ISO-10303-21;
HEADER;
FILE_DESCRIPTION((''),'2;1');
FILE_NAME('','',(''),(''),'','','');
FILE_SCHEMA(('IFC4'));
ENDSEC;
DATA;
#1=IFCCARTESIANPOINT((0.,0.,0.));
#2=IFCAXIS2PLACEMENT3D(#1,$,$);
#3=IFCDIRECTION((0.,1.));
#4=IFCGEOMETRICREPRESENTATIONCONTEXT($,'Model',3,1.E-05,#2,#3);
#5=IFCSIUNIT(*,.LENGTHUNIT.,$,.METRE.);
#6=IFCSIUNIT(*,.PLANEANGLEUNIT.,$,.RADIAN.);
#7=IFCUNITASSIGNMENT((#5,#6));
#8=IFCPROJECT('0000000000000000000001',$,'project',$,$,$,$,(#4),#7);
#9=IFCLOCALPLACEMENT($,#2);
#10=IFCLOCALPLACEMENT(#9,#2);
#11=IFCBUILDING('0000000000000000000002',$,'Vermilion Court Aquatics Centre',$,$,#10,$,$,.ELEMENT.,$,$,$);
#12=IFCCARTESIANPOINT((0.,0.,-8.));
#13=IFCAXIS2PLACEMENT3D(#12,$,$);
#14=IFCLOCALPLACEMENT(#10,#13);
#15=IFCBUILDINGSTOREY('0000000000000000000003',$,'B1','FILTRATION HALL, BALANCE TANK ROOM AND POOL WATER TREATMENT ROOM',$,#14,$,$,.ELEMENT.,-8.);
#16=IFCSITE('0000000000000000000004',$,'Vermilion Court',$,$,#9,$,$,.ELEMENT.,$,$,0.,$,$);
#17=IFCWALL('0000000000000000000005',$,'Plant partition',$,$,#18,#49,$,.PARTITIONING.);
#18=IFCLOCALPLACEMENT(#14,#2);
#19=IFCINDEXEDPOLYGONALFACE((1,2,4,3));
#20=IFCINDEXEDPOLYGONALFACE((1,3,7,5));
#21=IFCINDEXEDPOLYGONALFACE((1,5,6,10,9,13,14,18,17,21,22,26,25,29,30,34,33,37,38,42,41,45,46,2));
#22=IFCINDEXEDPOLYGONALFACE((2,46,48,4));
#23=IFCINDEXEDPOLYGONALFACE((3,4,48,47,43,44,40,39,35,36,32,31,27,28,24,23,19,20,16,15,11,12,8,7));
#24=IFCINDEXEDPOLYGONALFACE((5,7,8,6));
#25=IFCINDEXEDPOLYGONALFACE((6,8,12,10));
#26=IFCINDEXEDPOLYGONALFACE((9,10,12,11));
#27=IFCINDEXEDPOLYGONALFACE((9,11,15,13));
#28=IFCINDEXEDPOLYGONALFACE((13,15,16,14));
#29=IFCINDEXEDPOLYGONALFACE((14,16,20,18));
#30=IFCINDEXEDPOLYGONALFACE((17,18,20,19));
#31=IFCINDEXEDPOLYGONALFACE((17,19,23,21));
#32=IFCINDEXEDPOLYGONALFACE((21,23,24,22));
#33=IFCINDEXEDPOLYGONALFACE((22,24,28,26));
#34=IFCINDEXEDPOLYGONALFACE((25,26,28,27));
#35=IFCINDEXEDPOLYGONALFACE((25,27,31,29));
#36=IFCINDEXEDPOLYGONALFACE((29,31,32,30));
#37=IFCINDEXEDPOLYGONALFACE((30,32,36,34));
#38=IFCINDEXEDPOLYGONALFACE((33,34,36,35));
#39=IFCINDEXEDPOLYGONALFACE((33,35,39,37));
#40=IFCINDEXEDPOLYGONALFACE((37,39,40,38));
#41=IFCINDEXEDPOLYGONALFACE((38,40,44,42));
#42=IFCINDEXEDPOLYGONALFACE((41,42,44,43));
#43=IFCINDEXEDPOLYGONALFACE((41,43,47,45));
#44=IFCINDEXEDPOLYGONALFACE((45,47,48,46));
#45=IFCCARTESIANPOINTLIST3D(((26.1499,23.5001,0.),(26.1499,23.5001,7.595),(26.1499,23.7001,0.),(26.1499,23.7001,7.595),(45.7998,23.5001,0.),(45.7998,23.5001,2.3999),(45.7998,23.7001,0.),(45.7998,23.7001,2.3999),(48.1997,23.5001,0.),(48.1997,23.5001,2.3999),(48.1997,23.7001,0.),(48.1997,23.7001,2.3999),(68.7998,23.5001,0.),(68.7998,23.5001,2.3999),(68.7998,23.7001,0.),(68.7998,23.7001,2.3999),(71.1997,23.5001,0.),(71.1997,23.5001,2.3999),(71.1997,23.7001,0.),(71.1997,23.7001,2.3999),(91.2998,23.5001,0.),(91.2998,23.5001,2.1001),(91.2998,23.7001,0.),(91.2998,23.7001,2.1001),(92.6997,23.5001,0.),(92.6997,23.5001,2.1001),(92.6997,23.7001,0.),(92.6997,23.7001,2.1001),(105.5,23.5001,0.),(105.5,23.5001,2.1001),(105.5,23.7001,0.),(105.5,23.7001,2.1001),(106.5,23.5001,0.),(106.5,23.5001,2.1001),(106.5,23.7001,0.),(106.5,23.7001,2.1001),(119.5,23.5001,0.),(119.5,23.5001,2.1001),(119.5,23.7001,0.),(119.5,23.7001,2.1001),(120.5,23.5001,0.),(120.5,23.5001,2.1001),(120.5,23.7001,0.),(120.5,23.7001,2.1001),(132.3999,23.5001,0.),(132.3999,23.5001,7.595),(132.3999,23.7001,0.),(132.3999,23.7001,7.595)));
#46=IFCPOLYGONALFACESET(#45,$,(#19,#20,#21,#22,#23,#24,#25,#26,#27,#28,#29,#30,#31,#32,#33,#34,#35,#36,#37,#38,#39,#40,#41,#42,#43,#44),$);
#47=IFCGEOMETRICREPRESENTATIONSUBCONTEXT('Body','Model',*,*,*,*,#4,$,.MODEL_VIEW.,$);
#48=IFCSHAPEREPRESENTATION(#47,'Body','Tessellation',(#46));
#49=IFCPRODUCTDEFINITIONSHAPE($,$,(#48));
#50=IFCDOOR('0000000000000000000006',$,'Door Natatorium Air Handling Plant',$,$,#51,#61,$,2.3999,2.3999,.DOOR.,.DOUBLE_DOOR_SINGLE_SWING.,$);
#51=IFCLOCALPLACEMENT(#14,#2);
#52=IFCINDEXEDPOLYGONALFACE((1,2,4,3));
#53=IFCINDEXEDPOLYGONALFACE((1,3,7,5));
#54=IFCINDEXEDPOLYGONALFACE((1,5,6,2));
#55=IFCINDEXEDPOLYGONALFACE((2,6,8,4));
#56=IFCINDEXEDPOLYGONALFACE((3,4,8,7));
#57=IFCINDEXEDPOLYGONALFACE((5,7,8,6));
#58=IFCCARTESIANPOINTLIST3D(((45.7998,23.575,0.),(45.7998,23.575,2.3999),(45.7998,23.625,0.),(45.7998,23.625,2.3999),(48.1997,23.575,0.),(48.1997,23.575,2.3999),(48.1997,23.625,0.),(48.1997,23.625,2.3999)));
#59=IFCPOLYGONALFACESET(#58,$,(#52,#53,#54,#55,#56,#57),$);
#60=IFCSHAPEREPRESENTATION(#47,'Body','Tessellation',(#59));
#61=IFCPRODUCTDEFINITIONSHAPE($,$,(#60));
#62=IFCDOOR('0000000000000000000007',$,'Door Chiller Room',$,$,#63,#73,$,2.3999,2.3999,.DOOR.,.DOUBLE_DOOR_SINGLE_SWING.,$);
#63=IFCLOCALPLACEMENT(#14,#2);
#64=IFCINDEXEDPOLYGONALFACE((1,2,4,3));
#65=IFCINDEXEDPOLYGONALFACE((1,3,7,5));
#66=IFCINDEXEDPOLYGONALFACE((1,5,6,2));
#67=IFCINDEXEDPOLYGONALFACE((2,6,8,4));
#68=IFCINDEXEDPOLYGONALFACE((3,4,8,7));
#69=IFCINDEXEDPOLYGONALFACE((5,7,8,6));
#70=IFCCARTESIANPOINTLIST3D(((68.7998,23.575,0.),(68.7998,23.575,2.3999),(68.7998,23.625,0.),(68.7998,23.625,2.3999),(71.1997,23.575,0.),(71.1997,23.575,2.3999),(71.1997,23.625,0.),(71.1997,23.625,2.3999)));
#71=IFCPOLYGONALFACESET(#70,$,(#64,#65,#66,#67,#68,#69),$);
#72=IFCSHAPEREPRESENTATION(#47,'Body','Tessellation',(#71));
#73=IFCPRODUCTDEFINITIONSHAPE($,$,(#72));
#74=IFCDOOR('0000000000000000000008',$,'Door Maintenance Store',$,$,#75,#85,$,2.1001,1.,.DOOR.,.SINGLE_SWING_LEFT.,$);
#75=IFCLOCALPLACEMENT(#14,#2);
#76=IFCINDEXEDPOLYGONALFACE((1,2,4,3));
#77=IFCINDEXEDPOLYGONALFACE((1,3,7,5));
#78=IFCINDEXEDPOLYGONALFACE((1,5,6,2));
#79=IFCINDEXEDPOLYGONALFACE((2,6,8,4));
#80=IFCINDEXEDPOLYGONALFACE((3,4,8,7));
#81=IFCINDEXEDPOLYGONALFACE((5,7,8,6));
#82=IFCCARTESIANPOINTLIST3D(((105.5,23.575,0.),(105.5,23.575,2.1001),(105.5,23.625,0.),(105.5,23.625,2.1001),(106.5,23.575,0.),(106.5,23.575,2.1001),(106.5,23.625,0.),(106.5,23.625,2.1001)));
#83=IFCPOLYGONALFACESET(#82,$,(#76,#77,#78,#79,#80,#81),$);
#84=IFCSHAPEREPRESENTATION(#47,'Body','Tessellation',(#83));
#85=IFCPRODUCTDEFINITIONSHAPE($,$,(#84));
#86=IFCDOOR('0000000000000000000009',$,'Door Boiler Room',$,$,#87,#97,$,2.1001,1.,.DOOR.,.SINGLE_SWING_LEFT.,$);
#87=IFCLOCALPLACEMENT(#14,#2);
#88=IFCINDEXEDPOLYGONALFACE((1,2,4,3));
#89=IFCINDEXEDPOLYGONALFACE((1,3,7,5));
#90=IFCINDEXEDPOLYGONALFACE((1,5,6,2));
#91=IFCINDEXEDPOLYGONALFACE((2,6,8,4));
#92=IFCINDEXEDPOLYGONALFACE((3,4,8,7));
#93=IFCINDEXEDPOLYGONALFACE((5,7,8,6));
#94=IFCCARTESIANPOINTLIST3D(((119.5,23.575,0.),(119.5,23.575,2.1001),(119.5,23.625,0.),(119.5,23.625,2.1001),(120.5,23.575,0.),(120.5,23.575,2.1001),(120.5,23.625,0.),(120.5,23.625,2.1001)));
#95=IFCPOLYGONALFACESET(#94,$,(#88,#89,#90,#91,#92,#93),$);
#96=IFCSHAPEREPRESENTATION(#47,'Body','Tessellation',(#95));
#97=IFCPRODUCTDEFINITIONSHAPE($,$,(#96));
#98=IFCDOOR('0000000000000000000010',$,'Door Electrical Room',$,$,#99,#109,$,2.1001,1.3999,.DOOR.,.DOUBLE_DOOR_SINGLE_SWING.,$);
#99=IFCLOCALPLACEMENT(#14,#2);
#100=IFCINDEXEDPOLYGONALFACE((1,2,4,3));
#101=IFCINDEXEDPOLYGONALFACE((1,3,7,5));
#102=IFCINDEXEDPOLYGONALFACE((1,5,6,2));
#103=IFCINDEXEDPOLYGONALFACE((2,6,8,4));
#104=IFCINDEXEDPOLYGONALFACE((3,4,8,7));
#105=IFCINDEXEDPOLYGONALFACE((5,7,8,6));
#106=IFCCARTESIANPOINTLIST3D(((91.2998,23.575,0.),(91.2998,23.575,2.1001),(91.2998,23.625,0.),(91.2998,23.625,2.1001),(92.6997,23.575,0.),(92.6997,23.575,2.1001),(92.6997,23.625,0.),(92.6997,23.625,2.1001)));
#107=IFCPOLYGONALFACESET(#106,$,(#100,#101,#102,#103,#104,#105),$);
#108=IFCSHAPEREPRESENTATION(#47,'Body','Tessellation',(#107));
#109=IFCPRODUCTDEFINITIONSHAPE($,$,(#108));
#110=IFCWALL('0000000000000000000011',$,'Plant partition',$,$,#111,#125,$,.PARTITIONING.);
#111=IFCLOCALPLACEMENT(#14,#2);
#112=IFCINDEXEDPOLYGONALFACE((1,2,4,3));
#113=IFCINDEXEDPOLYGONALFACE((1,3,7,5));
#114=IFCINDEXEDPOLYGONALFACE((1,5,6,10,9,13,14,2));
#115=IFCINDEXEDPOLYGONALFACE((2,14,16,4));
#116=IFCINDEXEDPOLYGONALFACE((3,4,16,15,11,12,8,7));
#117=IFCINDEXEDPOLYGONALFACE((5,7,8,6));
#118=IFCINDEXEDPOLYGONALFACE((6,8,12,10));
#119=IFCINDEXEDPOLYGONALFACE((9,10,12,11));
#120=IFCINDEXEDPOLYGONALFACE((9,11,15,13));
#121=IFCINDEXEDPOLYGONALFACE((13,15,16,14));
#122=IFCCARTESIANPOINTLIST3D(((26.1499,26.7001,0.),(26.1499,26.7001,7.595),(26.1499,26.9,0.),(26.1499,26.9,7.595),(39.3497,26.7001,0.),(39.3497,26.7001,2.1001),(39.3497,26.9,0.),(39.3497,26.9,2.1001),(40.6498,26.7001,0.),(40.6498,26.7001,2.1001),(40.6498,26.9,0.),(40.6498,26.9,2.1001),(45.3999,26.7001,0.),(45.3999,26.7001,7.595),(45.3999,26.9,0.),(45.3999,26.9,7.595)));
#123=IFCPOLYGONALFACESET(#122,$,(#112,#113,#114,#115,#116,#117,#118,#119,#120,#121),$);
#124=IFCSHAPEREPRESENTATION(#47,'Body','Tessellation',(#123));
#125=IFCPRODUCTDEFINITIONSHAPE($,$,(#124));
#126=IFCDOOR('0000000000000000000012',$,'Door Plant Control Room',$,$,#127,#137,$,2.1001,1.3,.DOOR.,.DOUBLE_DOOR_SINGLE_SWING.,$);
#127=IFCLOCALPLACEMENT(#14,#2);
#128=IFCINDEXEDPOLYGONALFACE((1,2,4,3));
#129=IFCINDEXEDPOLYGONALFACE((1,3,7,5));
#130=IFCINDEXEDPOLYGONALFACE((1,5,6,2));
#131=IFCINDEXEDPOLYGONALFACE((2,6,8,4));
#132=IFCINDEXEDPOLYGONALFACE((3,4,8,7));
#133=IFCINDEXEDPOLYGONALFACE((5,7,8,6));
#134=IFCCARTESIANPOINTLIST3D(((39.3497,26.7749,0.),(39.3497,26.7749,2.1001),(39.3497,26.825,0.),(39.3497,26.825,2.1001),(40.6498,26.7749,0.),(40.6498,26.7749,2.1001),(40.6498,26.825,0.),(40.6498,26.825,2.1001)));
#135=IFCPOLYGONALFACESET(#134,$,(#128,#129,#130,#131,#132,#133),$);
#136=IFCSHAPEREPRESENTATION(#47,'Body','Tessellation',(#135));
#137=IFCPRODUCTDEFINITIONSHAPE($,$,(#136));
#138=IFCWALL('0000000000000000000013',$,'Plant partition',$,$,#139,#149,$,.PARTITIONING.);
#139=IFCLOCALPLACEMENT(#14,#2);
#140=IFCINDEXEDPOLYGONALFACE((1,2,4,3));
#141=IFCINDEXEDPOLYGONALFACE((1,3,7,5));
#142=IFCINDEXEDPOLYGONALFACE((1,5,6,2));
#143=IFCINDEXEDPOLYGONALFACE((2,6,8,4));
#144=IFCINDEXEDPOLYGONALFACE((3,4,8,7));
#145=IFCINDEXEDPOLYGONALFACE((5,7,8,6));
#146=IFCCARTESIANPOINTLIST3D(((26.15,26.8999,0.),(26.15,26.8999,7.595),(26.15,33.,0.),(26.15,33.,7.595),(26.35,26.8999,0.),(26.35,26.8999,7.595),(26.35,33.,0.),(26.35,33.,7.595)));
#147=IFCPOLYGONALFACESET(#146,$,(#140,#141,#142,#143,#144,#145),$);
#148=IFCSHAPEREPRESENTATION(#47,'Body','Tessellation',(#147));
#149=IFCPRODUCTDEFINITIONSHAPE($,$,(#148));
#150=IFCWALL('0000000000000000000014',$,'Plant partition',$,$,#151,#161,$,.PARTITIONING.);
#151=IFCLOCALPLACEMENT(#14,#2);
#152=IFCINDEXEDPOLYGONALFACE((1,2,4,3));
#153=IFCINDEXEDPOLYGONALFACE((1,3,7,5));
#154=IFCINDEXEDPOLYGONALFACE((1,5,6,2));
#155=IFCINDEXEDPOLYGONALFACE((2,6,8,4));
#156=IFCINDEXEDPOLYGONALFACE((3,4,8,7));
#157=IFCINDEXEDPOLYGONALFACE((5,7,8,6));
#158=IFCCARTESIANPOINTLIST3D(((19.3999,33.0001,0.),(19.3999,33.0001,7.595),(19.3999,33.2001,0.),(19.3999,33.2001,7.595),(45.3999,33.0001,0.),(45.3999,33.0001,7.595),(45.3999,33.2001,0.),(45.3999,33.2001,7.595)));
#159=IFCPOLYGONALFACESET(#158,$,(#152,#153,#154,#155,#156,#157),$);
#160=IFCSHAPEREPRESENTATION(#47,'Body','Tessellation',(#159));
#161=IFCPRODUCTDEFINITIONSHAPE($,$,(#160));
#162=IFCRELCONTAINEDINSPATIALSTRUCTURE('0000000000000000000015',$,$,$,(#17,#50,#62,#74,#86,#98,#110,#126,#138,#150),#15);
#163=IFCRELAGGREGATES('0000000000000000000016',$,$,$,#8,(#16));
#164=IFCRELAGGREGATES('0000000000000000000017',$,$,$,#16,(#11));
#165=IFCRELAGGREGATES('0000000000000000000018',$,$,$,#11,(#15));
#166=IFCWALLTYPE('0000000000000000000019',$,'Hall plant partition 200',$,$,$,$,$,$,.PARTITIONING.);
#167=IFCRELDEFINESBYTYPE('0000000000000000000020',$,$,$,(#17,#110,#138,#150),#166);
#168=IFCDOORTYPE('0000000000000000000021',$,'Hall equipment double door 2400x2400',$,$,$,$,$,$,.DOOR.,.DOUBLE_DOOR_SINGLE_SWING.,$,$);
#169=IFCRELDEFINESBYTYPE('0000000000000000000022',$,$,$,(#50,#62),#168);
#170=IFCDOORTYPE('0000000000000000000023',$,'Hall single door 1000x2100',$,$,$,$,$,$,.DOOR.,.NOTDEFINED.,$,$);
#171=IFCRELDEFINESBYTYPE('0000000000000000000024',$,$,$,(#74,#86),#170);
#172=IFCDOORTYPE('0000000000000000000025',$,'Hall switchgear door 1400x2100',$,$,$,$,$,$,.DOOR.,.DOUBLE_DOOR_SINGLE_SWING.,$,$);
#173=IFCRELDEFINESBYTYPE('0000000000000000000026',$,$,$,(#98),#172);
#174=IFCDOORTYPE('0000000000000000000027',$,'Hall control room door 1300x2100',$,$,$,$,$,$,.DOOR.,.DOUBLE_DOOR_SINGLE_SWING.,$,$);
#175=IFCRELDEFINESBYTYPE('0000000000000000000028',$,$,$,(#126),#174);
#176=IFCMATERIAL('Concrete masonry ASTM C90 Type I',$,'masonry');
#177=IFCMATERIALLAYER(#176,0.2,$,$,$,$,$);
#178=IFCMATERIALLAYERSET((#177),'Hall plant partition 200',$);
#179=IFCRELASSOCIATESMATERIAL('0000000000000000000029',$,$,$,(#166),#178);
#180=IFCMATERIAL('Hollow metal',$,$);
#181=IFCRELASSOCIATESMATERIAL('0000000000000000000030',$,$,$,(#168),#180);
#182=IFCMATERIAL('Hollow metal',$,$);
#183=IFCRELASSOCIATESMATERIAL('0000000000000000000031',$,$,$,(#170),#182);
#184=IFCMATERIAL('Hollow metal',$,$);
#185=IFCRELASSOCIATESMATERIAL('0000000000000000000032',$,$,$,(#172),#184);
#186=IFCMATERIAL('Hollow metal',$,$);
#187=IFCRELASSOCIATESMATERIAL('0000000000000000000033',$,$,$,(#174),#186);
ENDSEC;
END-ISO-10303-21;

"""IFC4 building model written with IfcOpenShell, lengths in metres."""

from ifc_helpers import new_model, si_unit, direction, frame, frame_2d, origin, place, context, subcontext, project, spatial, rectangle, extrude, material, layer, layer_set, type_object, element, fill, save


model = new_model("IFC4")

# Units and contexts
model_context = context("Model", 3, precision=1e-05, world=origin(), true_north=direction((0.0, 1.0)))
body_context = subcontext(model_context, "Body", "Model", "MODEL_VIEW")
ifc_project = project(units=[si_unit("LENGTHUNIT", "METRE"), si_unit("PLANEANGLEUNIT", "RADIAN")], contexts=[model_context])

# Site, building, storey
site_placement = place(None, origin())
site = spatial("IfcSite", under=ifc_project, at=site_placement, Name="Vermilion Court", CompositionType="ELEMENT", RefElevation=0.0)
building_placement = place(site_placement, origin())
building = spatial("IfcBuilding", under=site, at=building_placement, Name="Vermilion Court Aquatics Centre", CompositionType="ELEMENT")
storey_placement = place(building_placement, frame((0.0, 0.0, -8.0)))
storey = spatial("IfcBuildingStorey", under=building, at=storey_placement, Name="B1", Description="FILTRATION HALL, BALANCE TANK ROOM AND POOL WATER TREATMENT ROOM", CompositionType="ELEMENT", Elevation=-8.0)

# Wall, openings, doors
ifc_material_1 = material(Name="Concrete masonry ASTM C90 Type I", Category="masonry")
ifc_layer_1 = layer(ifc_material_1, 0.2)
ifc_layer_set_1 = layer_set([ifc_layer_1], Name="Hall plant partition 200")
wall_type_1 = type_object("IfcWallType", Name="Hall plant partition 200", PredefinedType="PARTITIONING", material=ifc_layer_set_1)
wall_1_placement = place(storey_placement, frame((26.1499, 23.6001, 0.0), z_axis=(0.0, 0.0, 1.0), x_axis=(1.0, 0.0, 0.0)))
wall_1 = element("IfcWall", 1, at=wall_1_placement, inside=storey, type_object=wall_type_1, Name="Plant partition", PredefinedType="PARTITIONING", context=body_context, shape_type="SweptSolid", body=[
    extrude(rectangle(XDim=106.25, YDim=0.2, at=frame_2d((53.125, 0.0))), origin(), (0.0, 0.0, 1.0), 7.595),
])
opening_1_placement = place(wall_1_placement, frame((19.6499, 0.0, 0.0)))
opening_1 = element("IfcOpeningElement", 2, at=opening_1_placement, cuts=wall_1, PredefinedType="OPENING", context=body_context, shape_type="SweptSolid", body=[
    extrude(rectangle(XDim=2.3999, YDim=2.3999, at=frame_2d((1.2, 1.2))), frame((0.0, 0.1099, 0.0), z_axis=(0.0, -1.0, 0.0), x_axis=(1.0, 0.0, 0.0)), (0.0, 0.0, 1.0), 0.22),
])
opening_2_placement = place(wall_1_placement, frame((42.6499, 0.0, 0.0)))
opening_2 = element("IfcOpeningElement", 3, at=opening_2_placement, cuts=wall_1, PredefinedType="OPENING", context=body_context, shape_type="SweptSolid", body=[
    extrude(rectangle(XDim=2.3999, YDim=2.3999, at=frame_2d((1.2, 1.2))), frame((0.0, 0.1099, 0.0), z_axis=(0.0, -1.0, 0.0), x_axis=(1.0, 0.0, 0.0)), (0.0, 0.0, 1.0), 0.22),
])
opening_3_placement = place(wall_1_placement, frame((65.1499, 0.0, 0.0)))
opening_3 = element("IfcOpeningElement", 4, at=opening_3_placement, cuts=wall_1, PredefinedType="OPENING", context=body_context, shape_type="SweptSolid", body=[
    extrude(rectangle(XDim=1.3999, YDim=2.1001, at=frame_2d((0.7, 1.05))), frame((0.0, 0.1099, 0.0), z_axis=(0.0, -1.0, 0.0), x_axis=(1.0, 0.0, 0.0)), (0.0, 0.0, 1.0), 0.22),
])
opening_4_placement = place(wall_1_placement, frame((79.3501, 0.0, 0.0)))
opening_4 = element("IfcOpeningElement", 5, at=opening_4_placement, cuts=wall_1, PredefinedType="OPENING", context=body_context, shape_type="SweptSolid", body=[
    extrude(rectangle(XDim=1.0, YDim=2.1001, at=frame_2d((0.5, 1.05))), frame((0.0, 0.1099, 0.0), z_axis=(0.0, -1.0, 0.0), x_axis=(1.0, 0.0, 0.0)), (0.0, 0.0, 1.0), 0.22),
])
opening_5_placement = place(wall_1_placement, frame((93.3501, 0.0, 0.0)))
opening_5 = element("IfcOpeningElement", 6, at=opening_5_placement, cuts=wall_1, PredefinedType="OPENING", context=body_context, shape_type="SweptSolid", body=[
    extrude(rectangle(XDim=1.0, YDim=2.1001, at=frame_2d((0.5, 1.05))), frame((0.0, 0.1099, 0.0), z_axis=(0.0, -1.0, 0.0), x_axis=(1.0, 0.0, 0.0)), (0.0, 0.0, 1.0), 0.22),
])
ifc_material_2 = material(Name="Hollow metal")
door_type_1 = type_object("IfcDoorType", Name="Hall equipment double door 2400x2400", OperationType="DOUBLE_DOOR_SINGLE_SWING", PredefinedType="DOOR", material=ifc_material_2)
door_1_placement = place(opening_1_placement, frame((2.3999, 0.0, 0.0), z_axis=(0.0, 0.0, 1.0), x_axis=(-1.0, 0.0, 0.0)))
door_1 = element("IfcDoor", 7, at=door_1_placement, inside=storey, type_object=door_type_1, Name="Door Natatorium Air Handling Plant", OperationType="DOUBLE_DOOR_SINGLE_SWING", OverallHeight=2.3999, OverallWidth=2.3999, PredefinedType="DOOR", context=body_context, shape_type="SweptSolid", body=[
    extrude(rectangle(XDim=2.3999, YDim=2.3999, at=frame_2d((1.2, 1.2))), frame((0.0, 0.0251, 0.0), z_axis=(0.0, -1.0, 0.0), x_axis=(1.0, 0.0, 0.0)), (0.0, 0.0, 1.0), 0.05),
])
fill(opening_1, door_1)
door_2_placement = place(opening_2_placement, frame((2.3999, 0.0, 0.0), z_axis=(0.0, 0.0, 1.0), x_axis=(-1.0, 0.0, 0.0)))
door_2 = element("IfcDoor", 8, at=door_2_placement, inside=storey, type_object=door_type_1, Name="Door Chiller Room", OperationType="DOUBLE_DOOR_SINGLE_SWING", OverallHeight=2.3999, OverallWidth=2.3999, PredefinedType="DOOR", context=body_context, shape_type="SweptSolid", body=[
    extrude(rectangle(XDim=2.3999, YDim=2.3999, at=frame_2d((1.2, 1.2))), frame((0.0, 0.0251, 0.0), z_axis=(0.0, -1.0, 0.0), x_axis=(1.0, 0.0, 0.0)), (0.0, 0.0, 1.0), 0.05),
])
fill(opening_2, door_2)
ifc_material_3 = material(Name="Hollow metal")
door_type_2 = type_object("IfcDoorType", Name="Hall single door 1000x2100", OperationType="NOTDEFINED", PredefinedType="DOOR", material=ifc_material_3)
door_3_placement = place(opening_4_placement, frame((1.0, 0.0, 0.0), z_axis=(0.0, 0.0, 1.0), x_axis=(-1.0, 0.0, 0.0)))
door_3 = element("IfcDoor", 9, at=door_3_placement, inside=storey, type_object=door_type_2, Name="Door Maintenance Store", OperationType="SINGLE_SWING_LEFT", OverallHeight=2.1001, OverallWidth=1.0, PredefinedType="DOOR", context=body_context, shape_type="SweptSolid", body=[
    extrude(rectangle(XDim=1.0, YDim=2.1001, at=frame_2d((0.5, 1.05))), frame((0.0, 0.0251, 0.0), z_axis=(0.0, -1.0, 0.0), x_axis=(1.0, 0.0, 0.0)), (0.0, 0.0, 1.0), 0.05),
])
fill(opening_4, door_3)
door_4_placement = place(opening_5_placement, frame((1.0, 0.0, 0.0), z_axis=(0.0, 0.0, 1.0), x_axis=(-1.0, 0.0, 0.0)))
door_4 = element("IfcDoor", 10, at=door_4_placement, inside=storey, type_object=door_type_2, Name="Door Boiler Room", OperationType="SINGLE_SWING_LEFT", OverallHeight=2.1001, OverallWidth=1.0, PredefinedType="DOOR", context=body_context, shape_type="SweptSolid", body=[
    extrude(rectangle(XDim=1.0, YDim=2.1001, at=frame_2d((0.5, 1.05))), frame((0.0, 0.0251, 0.0), z_axis=(0.0, -1.0, 0.0), x_axis=(1.0, 0.0, 0.0)), (0.0, 0.0, 1.0), 0.05),
])
fill(opening_5, door_4)
ifc_material_4 = material(Name="Hollow metal")
door_type_3 = type_object("IfcDoorType", Name="Hall switchgear door 1400x2100", OperationType="DOUBLE_DOOR_SINGLE_SWING", PredefinedType="DOOR", material=ifc_material_4)
door_5_placement = place(opening_3_placement, frame((1.3999, 0.0, 0.0), z_axis=(0.0, 0.0, 1.0), x_axis=(-1.0, 0.0, 0.0)))
door_5 = element("IfcDoor", 11, at=door_5_placement, inside=storey, type_object=door_type_3, Name="Door Electrical Room", OperationType="DOUBLE_DOOR_SINGLE_SWING", OverallHeight=2.1001, OverallWidth=1.3999, PredefinedType="DOOR", context=body_context, shape_type="SweptSolid", body=[
    extrude(rectangle(XDim=1.3999, YDim=2.1001, at=frame_2d((0.7, 1.05))), frame((0.0, 0.0251, 0.0), z_axis=(0.0, -1.0, 0.0), x_axis=(1.0, 0.0, 0.0)), (0.0, 0.0, 1.0), 0.05),
])
fill(opening_3, door_5)

# Wall, opening, door
wall_2_placement = place(storey_placement, frame((26.1499, 26.8, 0.0), z_axis=(0.0, 0.0, 1.0), x_axis=(1.0, 0.0, 0.0)))
wall_2 = element("IfcWall", 12, at=wall_2_placement, inside=storey, type_object=wall_type_1, Name="Plant partition", PredefinedType="PARTITIONING", context=body_context, shape_type="SweptSolid", body=[
    extrude(rectangle(XDim=19.25, YDim=0.2, at=frame_2d((9.625, 0.0))), origin(), (0.0, 0.0, 1.0), 7.595),
])
opening_6_placement = place(wall_2_placement, frame((13.2, 0.0, 0.0)))
opening_6 = element("IfcOpeningElement", 13, at=opening_6_placement, cuts=wall_2, PredefinedType="OPENING", context=body_context, shape_type="SweptSolid", body=[
    extrude(rectangle(XDim=1.3, YDim=2.1001, at=frame_2d((0.6499, 1.05))), frame((0.0, 0.1099, 0.0), z_axis=(0.0, -1.0, 0.0), x_axis=(1.0, 0.0, 0.0)), (0.0, 0.0, 1.0), 0.22),
])
ifc_material_5 = material(Name="Hollow metal")
door_type_4 = type_object("IfcDoorType", Name="Hall control room door 1300x2100", OperationType="DOUBLE_DOOR_SINGLE_SWING", PredefinedType="DOOR", material=ifc_material_5)
door_6_placement = place(opening_6_placement, origin())
door_6 = element("IfcDoor", 14, at=door_6_placement, inside=storey, type_object=door_type_4, Name="Door Plant Control Room", OperationType="DOUBLE_DOOR_SINGLE_SWING", OverallHeight=2.1001, OverallWidth=1.3, PredefinedType="DOOR", context=body_context, shape_type="SweptSolid", body=[
    extrude(rectangle(XDim=1.3, YDim=2.1001, at=frame_2d((0.6499, 1.05))), frame((0.0, 0.0249, 0.0), z_axis=(0.0, -1.0, 0.0), x_axis=(1.0, 0.0, 0.0)), (0.0, 0.0, 1.0), 0.05),
])
fill(opening_6, door_6)

# Walls
wall_3_placement = place(storey_placement, frame((26.25, 26.8999, 0.0), z_axis=(0.0, 0.0, 1.0), x_axis=(0.0, 1.0, 0.0)))
element("IfcWall", 15, at=wall_3_placement, inside=storey, type_object=wall_type_1, Name="Plant partition", PredefinedType="PARTITIONING", context=body_context, shape_type="SweptSolid", body=[
    extrude(rectangle(XDim=6.1001, YDim=0.2, at=frame_2d((3.05, 0.0))), origin(), (0.0, 0.0, 1.0), 7.595),
])
wall_4_placement = place(storey_placement, frame((19.3999, 33.1001, 0.0), z_axis=(0.0, 0.0, 1.0), x_axis=(1.0, 0.0, 0.0)))
element("IfcWall", 16, at=wall_4_placement, inside=storey, type_object=wall_type_1, Name="Plant partition", PredefinedType="PARTITIONING", context=body_context, shape_type="SweptSolid", body=[
    extrude(rectangle(XDim=26.0, YDim=0.2, at=frame_2d((13.0, 0.0))), origin(), (0.0, 0.0, 1.0), 7.595),
])

save(model, "model.ifc")
